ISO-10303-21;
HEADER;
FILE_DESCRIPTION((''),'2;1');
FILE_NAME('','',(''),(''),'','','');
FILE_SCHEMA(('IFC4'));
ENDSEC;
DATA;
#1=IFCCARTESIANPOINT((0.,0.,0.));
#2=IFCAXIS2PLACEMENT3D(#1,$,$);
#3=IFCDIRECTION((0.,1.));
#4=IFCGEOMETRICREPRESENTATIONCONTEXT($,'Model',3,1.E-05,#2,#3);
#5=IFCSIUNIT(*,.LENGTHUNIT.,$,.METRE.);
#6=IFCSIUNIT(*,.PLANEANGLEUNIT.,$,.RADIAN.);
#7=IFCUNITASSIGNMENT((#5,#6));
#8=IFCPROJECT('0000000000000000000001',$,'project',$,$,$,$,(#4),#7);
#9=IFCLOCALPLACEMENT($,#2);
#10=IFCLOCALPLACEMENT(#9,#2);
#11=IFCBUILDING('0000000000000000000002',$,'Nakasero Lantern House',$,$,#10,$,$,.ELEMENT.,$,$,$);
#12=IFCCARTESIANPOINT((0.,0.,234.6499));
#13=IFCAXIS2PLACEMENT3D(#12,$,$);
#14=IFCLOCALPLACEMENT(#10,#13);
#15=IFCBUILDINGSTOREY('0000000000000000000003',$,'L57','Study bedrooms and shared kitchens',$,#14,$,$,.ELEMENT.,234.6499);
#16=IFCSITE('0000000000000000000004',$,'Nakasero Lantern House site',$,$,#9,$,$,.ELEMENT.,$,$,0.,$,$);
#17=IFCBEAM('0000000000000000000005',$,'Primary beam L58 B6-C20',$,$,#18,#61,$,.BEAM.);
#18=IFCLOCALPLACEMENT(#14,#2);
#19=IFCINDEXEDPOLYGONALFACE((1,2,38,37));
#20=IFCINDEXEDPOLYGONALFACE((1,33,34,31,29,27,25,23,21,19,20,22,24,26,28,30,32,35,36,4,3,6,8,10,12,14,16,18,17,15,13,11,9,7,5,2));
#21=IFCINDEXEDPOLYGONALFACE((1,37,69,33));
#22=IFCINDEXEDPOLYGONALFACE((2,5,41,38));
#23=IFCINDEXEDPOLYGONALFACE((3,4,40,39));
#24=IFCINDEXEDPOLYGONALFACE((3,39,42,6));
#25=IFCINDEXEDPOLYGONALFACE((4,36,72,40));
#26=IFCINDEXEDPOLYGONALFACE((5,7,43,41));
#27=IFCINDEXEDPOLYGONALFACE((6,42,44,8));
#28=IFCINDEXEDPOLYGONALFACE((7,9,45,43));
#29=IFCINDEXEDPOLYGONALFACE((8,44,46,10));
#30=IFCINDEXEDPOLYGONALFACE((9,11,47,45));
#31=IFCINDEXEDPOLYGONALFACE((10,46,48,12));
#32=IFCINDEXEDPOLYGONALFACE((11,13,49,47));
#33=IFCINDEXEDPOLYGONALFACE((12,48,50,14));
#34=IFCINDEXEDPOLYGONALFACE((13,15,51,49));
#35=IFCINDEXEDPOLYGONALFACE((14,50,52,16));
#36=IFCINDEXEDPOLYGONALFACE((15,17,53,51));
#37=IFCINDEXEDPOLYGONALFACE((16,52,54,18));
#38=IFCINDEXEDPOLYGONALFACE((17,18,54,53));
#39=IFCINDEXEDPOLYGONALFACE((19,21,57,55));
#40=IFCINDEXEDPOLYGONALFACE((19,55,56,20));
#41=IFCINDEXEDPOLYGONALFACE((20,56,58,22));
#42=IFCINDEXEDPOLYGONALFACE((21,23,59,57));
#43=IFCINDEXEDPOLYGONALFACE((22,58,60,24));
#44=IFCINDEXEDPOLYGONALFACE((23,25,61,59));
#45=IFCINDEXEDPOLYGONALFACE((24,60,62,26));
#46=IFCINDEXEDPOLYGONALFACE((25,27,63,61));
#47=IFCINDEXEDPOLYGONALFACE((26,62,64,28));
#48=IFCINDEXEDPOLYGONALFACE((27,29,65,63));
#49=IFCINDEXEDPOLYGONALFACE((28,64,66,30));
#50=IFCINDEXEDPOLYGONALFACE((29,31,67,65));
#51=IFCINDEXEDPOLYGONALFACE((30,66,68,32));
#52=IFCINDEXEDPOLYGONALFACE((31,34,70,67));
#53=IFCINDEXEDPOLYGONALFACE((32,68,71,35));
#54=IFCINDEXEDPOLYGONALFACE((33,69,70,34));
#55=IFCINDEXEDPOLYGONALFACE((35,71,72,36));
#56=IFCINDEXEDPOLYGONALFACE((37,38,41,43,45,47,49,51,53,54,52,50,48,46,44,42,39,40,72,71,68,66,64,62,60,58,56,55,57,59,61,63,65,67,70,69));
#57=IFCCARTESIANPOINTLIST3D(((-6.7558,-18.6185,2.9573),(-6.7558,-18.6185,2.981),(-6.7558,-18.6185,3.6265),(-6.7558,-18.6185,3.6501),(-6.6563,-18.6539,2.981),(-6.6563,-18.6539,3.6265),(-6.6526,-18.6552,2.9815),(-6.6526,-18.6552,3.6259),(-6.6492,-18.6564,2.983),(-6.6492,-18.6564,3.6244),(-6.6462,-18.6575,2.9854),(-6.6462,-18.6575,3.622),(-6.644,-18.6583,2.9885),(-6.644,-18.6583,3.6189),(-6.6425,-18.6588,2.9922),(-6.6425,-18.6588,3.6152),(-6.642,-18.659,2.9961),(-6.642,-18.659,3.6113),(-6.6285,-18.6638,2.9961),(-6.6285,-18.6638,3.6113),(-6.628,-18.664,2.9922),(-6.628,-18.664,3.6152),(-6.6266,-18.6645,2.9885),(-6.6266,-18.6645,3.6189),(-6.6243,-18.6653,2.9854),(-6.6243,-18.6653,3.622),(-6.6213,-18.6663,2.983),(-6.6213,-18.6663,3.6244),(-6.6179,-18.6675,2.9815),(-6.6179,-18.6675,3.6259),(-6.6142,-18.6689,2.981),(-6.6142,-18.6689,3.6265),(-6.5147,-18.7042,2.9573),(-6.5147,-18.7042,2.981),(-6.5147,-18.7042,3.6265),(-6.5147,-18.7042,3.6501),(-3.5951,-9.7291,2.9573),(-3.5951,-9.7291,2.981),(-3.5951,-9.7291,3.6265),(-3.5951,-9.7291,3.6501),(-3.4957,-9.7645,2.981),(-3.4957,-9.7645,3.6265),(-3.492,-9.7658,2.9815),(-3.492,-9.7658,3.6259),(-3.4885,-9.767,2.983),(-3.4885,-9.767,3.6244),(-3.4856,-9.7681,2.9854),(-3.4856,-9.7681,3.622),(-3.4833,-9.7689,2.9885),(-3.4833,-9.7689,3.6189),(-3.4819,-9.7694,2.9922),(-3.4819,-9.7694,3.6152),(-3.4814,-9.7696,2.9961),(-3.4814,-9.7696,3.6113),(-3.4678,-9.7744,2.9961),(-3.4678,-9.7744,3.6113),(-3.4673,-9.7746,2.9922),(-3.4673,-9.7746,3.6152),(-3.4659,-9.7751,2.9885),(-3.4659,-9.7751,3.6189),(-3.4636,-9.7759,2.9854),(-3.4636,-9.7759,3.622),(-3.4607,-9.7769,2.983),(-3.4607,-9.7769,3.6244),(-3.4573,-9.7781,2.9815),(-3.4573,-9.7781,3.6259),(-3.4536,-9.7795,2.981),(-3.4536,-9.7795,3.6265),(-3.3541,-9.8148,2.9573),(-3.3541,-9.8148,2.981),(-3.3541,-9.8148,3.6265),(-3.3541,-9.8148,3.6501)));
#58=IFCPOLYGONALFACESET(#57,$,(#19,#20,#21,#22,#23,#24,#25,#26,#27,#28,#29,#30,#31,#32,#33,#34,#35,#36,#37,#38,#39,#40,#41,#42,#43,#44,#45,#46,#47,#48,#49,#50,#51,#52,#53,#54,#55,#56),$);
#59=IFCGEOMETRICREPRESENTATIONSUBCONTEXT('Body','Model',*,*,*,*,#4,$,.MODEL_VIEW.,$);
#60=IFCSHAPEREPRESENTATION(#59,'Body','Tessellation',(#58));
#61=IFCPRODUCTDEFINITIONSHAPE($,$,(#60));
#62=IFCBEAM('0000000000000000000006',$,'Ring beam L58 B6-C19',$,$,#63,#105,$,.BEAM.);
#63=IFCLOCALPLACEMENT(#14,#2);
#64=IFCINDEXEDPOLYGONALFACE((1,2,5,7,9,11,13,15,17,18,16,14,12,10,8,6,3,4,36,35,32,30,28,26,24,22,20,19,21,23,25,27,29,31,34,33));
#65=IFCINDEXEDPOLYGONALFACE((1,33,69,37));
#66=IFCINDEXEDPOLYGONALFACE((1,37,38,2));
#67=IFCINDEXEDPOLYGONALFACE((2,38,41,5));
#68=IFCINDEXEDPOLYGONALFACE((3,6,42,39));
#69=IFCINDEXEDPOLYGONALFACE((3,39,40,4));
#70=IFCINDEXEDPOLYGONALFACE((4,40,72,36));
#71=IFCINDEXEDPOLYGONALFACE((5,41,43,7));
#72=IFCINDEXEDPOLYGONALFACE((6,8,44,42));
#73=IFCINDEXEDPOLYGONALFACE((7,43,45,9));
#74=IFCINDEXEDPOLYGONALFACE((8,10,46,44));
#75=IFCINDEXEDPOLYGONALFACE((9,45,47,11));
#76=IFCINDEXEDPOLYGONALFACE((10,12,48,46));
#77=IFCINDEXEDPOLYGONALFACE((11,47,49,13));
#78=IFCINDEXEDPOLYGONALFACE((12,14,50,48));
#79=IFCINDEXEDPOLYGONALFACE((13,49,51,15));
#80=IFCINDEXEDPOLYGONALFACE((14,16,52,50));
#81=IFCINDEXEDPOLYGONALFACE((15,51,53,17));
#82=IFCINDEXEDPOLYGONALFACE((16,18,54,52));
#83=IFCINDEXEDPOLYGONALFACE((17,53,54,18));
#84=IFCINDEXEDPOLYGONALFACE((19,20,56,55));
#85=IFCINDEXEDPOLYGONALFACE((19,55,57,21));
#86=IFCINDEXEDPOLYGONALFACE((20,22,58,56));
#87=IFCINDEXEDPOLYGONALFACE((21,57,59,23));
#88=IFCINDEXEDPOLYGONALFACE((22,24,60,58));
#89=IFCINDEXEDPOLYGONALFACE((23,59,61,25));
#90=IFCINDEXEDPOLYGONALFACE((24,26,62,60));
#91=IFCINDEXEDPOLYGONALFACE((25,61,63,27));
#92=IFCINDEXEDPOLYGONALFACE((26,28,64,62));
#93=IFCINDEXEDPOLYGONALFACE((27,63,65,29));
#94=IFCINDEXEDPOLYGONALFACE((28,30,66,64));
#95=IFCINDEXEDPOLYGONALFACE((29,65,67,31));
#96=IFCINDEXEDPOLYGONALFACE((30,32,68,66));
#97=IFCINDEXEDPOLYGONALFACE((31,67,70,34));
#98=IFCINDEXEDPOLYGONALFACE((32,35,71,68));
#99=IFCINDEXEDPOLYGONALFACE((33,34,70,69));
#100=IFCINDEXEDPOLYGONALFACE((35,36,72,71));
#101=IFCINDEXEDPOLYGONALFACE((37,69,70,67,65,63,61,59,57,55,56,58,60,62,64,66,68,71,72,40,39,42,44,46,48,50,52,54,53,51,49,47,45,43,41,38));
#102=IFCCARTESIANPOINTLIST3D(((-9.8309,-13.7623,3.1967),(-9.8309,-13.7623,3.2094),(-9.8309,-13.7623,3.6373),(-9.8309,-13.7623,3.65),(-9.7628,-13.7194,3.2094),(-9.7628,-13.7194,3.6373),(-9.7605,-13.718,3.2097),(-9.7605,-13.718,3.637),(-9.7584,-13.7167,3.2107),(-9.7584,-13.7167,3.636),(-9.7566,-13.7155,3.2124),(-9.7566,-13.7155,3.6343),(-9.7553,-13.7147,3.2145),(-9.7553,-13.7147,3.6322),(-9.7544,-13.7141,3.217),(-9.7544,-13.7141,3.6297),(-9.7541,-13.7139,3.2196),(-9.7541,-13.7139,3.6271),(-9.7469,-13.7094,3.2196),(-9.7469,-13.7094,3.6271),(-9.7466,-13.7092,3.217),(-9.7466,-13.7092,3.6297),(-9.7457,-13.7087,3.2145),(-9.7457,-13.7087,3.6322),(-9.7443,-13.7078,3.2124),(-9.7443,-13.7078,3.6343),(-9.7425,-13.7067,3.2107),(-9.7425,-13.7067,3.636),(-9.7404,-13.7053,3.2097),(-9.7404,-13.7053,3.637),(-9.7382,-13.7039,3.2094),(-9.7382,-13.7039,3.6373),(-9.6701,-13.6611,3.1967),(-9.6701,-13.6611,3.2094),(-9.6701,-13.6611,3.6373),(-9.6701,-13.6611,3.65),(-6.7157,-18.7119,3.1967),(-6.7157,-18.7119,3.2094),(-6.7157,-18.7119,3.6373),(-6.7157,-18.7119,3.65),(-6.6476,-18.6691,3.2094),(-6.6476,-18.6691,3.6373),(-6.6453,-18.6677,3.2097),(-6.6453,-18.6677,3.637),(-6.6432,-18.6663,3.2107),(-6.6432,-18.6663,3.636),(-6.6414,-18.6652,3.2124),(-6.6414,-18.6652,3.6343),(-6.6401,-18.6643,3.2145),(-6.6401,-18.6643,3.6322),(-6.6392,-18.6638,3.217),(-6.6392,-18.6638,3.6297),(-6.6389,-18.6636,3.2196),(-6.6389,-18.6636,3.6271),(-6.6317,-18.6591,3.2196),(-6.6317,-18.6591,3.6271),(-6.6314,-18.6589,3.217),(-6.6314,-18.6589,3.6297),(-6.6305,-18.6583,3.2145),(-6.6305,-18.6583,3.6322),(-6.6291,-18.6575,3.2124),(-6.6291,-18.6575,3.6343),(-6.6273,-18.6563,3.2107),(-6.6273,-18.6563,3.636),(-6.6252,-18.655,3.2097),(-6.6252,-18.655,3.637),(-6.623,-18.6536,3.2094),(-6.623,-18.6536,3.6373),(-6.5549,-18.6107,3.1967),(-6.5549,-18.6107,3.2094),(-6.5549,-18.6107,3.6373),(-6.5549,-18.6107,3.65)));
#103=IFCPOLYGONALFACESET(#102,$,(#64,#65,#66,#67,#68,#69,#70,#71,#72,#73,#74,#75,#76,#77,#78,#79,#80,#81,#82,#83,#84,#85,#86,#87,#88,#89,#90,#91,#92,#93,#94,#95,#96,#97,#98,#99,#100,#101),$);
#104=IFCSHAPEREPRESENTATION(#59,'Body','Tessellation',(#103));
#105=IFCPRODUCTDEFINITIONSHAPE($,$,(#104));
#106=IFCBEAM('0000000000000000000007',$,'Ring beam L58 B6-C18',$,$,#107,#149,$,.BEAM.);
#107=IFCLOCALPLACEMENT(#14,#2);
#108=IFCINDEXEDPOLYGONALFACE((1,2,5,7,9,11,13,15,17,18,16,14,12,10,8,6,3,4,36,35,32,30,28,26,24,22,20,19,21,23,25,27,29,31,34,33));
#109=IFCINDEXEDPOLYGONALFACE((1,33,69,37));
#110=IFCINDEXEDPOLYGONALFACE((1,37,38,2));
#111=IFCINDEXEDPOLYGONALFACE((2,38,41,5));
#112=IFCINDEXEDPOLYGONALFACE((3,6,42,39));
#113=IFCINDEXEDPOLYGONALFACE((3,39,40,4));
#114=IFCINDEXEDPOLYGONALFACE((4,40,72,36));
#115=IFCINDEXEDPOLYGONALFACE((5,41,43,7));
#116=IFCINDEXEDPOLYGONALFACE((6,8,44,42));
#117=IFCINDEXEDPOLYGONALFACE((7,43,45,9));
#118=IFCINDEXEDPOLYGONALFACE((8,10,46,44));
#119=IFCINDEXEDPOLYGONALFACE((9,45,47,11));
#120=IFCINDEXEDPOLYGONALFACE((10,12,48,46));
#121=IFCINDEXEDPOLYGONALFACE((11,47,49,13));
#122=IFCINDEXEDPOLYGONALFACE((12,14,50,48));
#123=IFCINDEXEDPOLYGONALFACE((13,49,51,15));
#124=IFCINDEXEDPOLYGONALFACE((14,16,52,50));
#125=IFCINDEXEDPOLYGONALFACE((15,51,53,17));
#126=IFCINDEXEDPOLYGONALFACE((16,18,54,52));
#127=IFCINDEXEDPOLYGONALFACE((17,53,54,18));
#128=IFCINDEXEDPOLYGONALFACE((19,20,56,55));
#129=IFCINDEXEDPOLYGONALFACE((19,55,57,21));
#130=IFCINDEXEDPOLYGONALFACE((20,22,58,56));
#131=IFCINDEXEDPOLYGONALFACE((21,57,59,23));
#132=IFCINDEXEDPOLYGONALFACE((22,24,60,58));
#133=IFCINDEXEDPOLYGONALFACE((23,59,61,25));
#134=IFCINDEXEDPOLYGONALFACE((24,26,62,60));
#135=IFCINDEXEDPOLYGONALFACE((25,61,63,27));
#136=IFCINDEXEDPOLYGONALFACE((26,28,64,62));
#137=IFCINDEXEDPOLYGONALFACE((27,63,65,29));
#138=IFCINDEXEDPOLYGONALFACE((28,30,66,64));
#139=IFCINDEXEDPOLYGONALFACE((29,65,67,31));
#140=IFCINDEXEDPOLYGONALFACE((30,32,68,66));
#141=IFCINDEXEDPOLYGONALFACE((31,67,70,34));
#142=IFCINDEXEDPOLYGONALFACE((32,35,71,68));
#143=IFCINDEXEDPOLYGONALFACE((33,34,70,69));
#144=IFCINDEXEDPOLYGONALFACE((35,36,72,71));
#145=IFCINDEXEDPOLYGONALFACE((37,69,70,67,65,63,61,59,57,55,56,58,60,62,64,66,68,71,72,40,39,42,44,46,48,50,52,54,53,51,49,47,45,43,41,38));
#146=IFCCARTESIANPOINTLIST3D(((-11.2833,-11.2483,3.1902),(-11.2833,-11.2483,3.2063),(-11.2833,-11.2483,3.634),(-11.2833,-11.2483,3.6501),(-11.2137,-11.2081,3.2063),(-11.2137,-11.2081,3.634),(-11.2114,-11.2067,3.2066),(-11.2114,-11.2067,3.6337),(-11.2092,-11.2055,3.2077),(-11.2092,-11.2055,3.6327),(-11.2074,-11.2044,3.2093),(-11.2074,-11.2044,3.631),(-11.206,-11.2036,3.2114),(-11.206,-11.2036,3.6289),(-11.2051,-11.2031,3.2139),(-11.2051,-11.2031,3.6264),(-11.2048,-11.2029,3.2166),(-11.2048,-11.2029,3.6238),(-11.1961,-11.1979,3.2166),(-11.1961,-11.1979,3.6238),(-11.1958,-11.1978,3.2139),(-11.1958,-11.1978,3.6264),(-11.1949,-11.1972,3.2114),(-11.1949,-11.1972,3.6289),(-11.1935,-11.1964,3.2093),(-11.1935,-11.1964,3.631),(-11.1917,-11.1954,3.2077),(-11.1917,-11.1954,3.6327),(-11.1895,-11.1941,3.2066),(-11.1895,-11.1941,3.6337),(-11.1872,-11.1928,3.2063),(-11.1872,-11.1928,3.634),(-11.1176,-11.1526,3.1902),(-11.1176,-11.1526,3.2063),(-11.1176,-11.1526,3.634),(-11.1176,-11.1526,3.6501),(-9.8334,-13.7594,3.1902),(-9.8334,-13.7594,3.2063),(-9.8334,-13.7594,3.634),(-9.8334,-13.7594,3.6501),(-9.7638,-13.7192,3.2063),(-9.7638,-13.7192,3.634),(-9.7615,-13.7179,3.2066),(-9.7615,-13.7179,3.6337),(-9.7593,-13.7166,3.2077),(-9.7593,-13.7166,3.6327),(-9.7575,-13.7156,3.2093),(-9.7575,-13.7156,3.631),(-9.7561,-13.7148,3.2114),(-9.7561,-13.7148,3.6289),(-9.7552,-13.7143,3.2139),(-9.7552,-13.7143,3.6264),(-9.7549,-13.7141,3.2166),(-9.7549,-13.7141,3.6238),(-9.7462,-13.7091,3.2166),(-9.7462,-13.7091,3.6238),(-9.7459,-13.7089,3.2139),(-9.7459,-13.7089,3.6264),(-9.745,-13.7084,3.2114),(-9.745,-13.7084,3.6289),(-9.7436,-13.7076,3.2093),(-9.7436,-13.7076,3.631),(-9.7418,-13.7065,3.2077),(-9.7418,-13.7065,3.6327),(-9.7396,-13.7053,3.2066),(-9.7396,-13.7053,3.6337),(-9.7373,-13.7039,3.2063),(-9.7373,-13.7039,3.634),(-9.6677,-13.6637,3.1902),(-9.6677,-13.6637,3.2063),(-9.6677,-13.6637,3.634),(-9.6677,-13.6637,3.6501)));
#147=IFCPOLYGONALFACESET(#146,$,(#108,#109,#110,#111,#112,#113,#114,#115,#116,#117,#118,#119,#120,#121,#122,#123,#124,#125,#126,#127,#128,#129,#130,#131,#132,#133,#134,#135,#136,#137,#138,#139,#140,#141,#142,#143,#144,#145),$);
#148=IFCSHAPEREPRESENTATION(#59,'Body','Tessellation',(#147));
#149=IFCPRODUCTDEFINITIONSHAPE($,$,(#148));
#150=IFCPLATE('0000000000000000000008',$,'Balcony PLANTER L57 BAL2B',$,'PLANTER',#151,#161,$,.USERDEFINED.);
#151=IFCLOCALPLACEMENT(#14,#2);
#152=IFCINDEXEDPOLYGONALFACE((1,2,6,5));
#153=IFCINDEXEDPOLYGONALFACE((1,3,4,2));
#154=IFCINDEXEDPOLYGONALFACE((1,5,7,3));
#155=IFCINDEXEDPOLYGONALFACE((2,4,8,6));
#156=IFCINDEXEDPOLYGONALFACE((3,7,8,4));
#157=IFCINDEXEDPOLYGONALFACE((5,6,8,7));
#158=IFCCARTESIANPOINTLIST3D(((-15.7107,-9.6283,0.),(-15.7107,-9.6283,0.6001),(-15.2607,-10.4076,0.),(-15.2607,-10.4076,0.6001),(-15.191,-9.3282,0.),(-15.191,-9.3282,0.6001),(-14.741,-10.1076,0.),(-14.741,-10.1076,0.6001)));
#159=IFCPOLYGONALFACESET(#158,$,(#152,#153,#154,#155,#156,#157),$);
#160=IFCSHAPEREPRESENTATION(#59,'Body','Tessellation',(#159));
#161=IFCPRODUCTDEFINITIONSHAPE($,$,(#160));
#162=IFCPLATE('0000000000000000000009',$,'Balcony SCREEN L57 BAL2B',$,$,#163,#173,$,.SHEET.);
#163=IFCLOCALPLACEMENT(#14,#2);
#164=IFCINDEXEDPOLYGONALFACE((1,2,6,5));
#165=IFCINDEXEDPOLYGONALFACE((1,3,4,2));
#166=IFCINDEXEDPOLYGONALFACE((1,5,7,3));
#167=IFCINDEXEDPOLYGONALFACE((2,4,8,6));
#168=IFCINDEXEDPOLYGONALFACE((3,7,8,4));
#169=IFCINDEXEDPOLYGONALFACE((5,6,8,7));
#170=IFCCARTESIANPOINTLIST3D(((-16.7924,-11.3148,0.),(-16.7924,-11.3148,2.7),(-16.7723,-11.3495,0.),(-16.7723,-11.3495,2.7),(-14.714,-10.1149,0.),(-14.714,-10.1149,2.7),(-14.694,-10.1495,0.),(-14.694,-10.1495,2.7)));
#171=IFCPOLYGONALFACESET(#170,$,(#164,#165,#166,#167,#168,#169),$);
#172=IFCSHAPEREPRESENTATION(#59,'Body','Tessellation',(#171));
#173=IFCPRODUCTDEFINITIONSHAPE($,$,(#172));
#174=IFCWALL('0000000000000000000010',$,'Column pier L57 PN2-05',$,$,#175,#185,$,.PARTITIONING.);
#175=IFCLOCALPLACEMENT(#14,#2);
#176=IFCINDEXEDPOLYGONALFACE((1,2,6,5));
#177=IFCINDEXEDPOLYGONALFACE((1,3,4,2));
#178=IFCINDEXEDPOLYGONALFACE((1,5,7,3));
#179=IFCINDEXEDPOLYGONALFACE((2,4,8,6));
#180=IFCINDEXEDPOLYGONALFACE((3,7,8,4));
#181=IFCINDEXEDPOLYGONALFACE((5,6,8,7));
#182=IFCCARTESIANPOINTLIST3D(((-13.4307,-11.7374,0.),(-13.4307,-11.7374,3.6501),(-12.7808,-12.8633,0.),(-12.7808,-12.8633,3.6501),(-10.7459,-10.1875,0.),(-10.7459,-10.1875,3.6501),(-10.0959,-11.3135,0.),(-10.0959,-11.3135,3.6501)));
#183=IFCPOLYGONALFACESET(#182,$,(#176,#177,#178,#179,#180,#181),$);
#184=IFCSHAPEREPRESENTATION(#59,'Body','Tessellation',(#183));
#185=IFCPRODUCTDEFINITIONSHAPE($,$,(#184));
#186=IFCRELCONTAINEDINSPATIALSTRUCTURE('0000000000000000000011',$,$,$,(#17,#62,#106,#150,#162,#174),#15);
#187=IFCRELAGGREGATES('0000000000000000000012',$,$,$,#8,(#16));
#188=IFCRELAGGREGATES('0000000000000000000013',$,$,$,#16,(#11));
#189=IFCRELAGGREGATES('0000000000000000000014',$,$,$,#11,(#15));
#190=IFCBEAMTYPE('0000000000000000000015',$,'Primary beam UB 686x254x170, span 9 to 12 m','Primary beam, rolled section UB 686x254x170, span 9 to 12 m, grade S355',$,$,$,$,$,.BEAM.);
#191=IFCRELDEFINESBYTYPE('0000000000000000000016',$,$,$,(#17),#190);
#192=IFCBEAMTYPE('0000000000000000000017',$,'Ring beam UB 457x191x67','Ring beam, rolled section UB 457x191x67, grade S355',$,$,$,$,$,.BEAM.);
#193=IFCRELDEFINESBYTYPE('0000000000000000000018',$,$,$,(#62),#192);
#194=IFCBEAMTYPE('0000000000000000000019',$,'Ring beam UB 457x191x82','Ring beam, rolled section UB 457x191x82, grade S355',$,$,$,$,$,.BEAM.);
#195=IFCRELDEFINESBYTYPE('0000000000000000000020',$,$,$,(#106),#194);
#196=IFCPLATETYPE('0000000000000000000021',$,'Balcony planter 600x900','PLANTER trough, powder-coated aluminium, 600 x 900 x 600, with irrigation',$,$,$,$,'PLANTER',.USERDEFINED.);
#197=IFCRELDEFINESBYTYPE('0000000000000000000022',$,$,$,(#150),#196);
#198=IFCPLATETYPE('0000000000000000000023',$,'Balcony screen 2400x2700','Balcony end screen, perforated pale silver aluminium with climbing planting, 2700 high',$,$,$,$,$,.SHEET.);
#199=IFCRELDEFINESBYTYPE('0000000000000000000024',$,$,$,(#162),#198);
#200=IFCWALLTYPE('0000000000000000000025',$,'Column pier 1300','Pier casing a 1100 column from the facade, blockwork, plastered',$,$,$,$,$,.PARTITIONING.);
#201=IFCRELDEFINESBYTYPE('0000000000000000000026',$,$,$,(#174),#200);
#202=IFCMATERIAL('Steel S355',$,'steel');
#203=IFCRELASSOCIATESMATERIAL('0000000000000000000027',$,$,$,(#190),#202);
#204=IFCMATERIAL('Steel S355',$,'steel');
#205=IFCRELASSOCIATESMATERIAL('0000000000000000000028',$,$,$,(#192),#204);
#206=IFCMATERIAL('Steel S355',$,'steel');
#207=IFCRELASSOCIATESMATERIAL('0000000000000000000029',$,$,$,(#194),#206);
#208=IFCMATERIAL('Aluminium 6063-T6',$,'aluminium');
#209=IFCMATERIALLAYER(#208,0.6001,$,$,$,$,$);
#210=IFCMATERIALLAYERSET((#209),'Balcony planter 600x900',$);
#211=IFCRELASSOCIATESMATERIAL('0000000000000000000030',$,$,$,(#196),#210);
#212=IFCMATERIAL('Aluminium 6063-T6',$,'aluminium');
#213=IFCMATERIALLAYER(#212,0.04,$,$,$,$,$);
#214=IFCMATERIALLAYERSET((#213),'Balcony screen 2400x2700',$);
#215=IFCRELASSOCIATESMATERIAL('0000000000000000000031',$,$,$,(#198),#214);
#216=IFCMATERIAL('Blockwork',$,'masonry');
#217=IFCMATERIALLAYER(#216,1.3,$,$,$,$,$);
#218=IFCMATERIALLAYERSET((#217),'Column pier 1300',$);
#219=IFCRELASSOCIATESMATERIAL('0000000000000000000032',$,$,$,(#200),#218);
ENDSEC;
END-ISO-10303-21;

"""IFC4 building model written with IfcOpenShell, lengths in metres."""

from ifc_helpers import new_model, si_unit, direction, frame, frame_2d, origin, origin_2d, place, context, subcontext, project, spatial, rectangle, i_section, extrude, material, layer, layer_set, material_profile, profile_set, type_object, element, save


model = new_model("IFC4")

# Units and contexts
model_context = context("Model", 3, precision=1e-05, world=origin(), true_north=direction((0.0, 1.0)))
body_context = subcontext(model_context, "Body", "Model", "MODEL_VIEW")
ifc_project = project(units=[si_unit("LENGTHUNIT", "METRE"), si_unit("PLANEANGLEUNIT", "RADIAN")], contexts=[model_context])

# Site, building, storey
site_placement = place(None, origin())
site = spatial("IfcSite", under=ifc_project, at=site_placement, Name="Nakasero Lantern House site", CompositionType="ELEMENT", RefElevation=0.0)
building_placement = place(site_placement, origin())
building = spatial("IfcBuilding", under=site, at=building_placement, Name="Nakasero Lantern House", CompositionType="ELEMENT")
storey_placement = place(building_placement, frame((0.0, 0.0, 234.6499)))
storey = spatial("IfcBuildingStorey", under=building, at=storey_placement, Name="L57", Description="Study bedrooms and shared kitchens", CompositionType="ELEMENT", Elevation=234.6499)

# Beams
ifc_material_1 = material(Name="Steel S355", Category="steel")
ifc_material_profile_1 = material_profile(ifc_material_1, i_section(OverallWidth=0.2559, OverallDepth=0.6929, WebThickness=0.0144, FlangeThickness=0.0237, FilletRadius=0.0151, at=origin_2d()), Name="UB 686x254x170")
ifc_profile_set_1 = profile_set([ifc_material_profile_1], Name="Steel S355")
beam_type_1 = type_object("IfcBeamType", Name="Primary beam UB 686x254x170, span 9 to 12 m", Description="Primary beam, rolled section UB 686x254x170, span 9 to 12 m, grade S355", PredefinedType="BEAM", material=ifc_profile_set_1)
beam_1_placement = place(storey_placement, frame((-6.6353, -18.6614, 3.3037), z_axis=(0.335007, 0.942216, 0.0), x_axis=(-0.942216, 0.335007, 0.0)))
element("IfcBeam", 1, at=beam_1_placement, inside=storey, type_object=beam_type_1, Name="Primary beam L58 B6-C20", PredefinedType="BEAM", context=body_context, shape_type="SweptSolid", body=[
    extrude(i_section(OverallWidth=0.2559, OverallDepth=0.6929, WebThickness=0.0144, FlangeThickness=0.0237, FilletRadius=0.0151, at=origin_2d()), origin(), (0.0, 0.0, 1.0), 9.4346),
])
ifc_material_2 = material(Name="Steel S355", Category="steel")
ifc_material_profile_2 = material_profile(ifc_material_2, i_section(OverallWidth=0.1899, OverallDepth=0.4534, WebThickness=0.0085, FlangeThickness=0.0127, FilletRadius=0.0103, at=origin_2d()), Name="UB 457x191x67")
ifc_profile_set_2 = profile_set([ifc_material_profile_2], Name="Steel S355")
beam_type_2 = type_object("IfcBeamType", Name="Ring beam UB 457x191x67", Description="Ring beam, rolled section UB 457x191x67, grade S355", PredefinedType="BEAM", material=ifc_profile_set_2)
beam_2_placement = place(storey_placement, frame((-9.7505, -13.7117, 3.4233), z_axis=(0.53266, -0.846329, 0.0), x_axis=(0.846329, 0.53266, 0.0)))
element("IfcBeam", 2, at=beam_2_placement, inside=storey, type_object=beam_type_2, Name="Ring beam L58 B6-C19", PredefinedType="BEAM", context=body_context, shape_type="SweptSolid", body=[
    extrude(i_section(OverallWidth=0.1899, OverallDepth=0.4534, WebThickness=0.0085, FlangeThickness=0.0127, FilletRadius=0.0103, at=origin_2d()), origin(), (0.0, 0.0, 1.0), 5.8484),
])
ifc_material_3 = material(Name="Steel S355", Category="steel")
ifc_material_profile_3 = material_profile(ifc_material_3, i_section(OverallWidth=0.1914, OverallDepth=0.46, WebThickness=0.01, FlangeThickness=0.0161, FilletRadius=0.0103, at=origin_2d()), Name="UB 457x191x82")
ifc_profile_set_3 = profile_set([ifc_material_profile_3], Name="Steel S355")
beam_type_3 = type_object("IfcBeamType", Name="Ring beam UB 457x191x82", Description="Ring beam, rolled section UB 457x191x82, grade S355", PredefinedType="BEAM", material=ifc_profile_set_3)
beam_3_placement = place(storey_placement, frame((-11.2004, -11.2004, 3.4202), z_axis=(0.500024, -0.866012, 0.0), x_axis=(0.866012, 0.500024, 0.0)))
element("IfcBeam", 3, at=beam_3_placement, inside=storey, type_object=beam_type_3, Name="Ring beam L58 B6-C18", PredefinedType="BEAM", context=body_context, shape_type="SweptSolid", body=[
    extrude(i_section(OverallWidth=0.1914, OverallDepth=0.46, WebThickness=0.01, FlangeThickness=0.0161, FilletRadius=0.0103, at=origin_2d()), origin(), (0.0, 0.0, 1.0), 2.8997),
])

# Plates
ifc_material_4 = material(Name="Aluminium 6063-T6", Category="aluminium")
ifc_layer_1 = layer(ifc_material_4, 0.6001)
ifc_layer_set_1 = layer_set([ifc_layer_1], Name="Balcony planter 600x900")
plate_type_1 = type_object("IfcPlateType", Name="Balcony planter 600x900", Description="PLANTER trough, powder-coated aluminium, 600 x 900 x 600, with irrigation", ElementType="PLANTER", PredefinedType="USERDEFINED", material=ifc_layer_set_1)
plate_1_placement = place(storey_placement, frame((-15.2258, -9.8679, 0.0), z_axis=(0.0, 0.0, 1.0), x_axis=(-0.866025, -0.5, 0.0)))
element("IfcPlate", 4, at=plate_1_placement, inside=storey, type_object=plate_type_1, Name="Balcony PLANTER L57 BAL2B", ObjectType="PLANTER", PredefinedType="USERDEFINED", context=body_context, shape_type="SweptSolid", body=[
    extrude(rectangle(XDim=0.6001, YDim=0.8999, at=origin_2d()), origin(), (0.0, 0.0, 1.0), 0.6001),
])
ifc_material_5 = material(Name="Aluminium 6063-T6", Category="aluminium")
ifc_layer_2 = layer(ifc_material_5, 0.04)
ifc_layer_set_2 = layer_set([ifc_layer_2], Name="Balcony screen 2400x2700")
plate_type_2 = type_object("IfcPlateType", Name="Balcony screen 2400x2700", Description="Balcony end screen, perforated pale silver aluminium with climbing planting, 2700 high", PredefinedType="SHEET", material=ifc_layer_set_2)
plate_2_placement = place(storey_placement, frame((-15.7432, -10.7322, 0.0), z_axis=(0.0, 0.0, 1.0), x_axis=(-0.866025, -0.5, 0.0)))
element("IfcPlate", 5, at=plate_2_placement, inside=storey, type_object=plate_type_2, Name="Balcony SCREEN L57 BAL2B", PredefinedType="SHEET", context=body_context, shape_type="SweptSolid", body=[
    extrude(rectangle(XDim=2.3999, YDim=0.04, at=origin_2d()), origin(), (0.0, 0.0, 1.0), 2.7),
])

# Wall
ifc_material_6 = material(Name="Blockwork", Category="masonry")
ifc_layer_3 = layer(ifc_material_6, 1.3)
ifc_layer_set_3 = layer_set([ifc_layer_3], Name="Column pier 1300")
wall_type_1 = type_object("IfcWallType", Name="Column pier 1300", Description="Pier casing a 1100 column from the facade, blockwork, plastered", PredefinedType="PARTITIONING", material=ifc_layer_set_3)
wall_1_placement = place(storey_placement, frame((-10.4209, -10.7505, 0.0), z_axis=(0.0, 0.0, 1.0), x_axis=(-0.866064, -0.499934, 0.0)))
element("IfcWall", 6, at=wall_1_placement, inside=storey, type_object=wall_type_1, Name="Column pier L57 PN2-05", PredefinedType="PARTITIONING", context=body_context, shape_type="SweptSolid", body=[
    extrude(rectangle(XDim=3.1001, YDim=1.3, at=frame_2d((1.55, 0.0))), origin(), (0.0, 0.0, 1.0), 3.6501),
])

save(model, "model.ifc")
